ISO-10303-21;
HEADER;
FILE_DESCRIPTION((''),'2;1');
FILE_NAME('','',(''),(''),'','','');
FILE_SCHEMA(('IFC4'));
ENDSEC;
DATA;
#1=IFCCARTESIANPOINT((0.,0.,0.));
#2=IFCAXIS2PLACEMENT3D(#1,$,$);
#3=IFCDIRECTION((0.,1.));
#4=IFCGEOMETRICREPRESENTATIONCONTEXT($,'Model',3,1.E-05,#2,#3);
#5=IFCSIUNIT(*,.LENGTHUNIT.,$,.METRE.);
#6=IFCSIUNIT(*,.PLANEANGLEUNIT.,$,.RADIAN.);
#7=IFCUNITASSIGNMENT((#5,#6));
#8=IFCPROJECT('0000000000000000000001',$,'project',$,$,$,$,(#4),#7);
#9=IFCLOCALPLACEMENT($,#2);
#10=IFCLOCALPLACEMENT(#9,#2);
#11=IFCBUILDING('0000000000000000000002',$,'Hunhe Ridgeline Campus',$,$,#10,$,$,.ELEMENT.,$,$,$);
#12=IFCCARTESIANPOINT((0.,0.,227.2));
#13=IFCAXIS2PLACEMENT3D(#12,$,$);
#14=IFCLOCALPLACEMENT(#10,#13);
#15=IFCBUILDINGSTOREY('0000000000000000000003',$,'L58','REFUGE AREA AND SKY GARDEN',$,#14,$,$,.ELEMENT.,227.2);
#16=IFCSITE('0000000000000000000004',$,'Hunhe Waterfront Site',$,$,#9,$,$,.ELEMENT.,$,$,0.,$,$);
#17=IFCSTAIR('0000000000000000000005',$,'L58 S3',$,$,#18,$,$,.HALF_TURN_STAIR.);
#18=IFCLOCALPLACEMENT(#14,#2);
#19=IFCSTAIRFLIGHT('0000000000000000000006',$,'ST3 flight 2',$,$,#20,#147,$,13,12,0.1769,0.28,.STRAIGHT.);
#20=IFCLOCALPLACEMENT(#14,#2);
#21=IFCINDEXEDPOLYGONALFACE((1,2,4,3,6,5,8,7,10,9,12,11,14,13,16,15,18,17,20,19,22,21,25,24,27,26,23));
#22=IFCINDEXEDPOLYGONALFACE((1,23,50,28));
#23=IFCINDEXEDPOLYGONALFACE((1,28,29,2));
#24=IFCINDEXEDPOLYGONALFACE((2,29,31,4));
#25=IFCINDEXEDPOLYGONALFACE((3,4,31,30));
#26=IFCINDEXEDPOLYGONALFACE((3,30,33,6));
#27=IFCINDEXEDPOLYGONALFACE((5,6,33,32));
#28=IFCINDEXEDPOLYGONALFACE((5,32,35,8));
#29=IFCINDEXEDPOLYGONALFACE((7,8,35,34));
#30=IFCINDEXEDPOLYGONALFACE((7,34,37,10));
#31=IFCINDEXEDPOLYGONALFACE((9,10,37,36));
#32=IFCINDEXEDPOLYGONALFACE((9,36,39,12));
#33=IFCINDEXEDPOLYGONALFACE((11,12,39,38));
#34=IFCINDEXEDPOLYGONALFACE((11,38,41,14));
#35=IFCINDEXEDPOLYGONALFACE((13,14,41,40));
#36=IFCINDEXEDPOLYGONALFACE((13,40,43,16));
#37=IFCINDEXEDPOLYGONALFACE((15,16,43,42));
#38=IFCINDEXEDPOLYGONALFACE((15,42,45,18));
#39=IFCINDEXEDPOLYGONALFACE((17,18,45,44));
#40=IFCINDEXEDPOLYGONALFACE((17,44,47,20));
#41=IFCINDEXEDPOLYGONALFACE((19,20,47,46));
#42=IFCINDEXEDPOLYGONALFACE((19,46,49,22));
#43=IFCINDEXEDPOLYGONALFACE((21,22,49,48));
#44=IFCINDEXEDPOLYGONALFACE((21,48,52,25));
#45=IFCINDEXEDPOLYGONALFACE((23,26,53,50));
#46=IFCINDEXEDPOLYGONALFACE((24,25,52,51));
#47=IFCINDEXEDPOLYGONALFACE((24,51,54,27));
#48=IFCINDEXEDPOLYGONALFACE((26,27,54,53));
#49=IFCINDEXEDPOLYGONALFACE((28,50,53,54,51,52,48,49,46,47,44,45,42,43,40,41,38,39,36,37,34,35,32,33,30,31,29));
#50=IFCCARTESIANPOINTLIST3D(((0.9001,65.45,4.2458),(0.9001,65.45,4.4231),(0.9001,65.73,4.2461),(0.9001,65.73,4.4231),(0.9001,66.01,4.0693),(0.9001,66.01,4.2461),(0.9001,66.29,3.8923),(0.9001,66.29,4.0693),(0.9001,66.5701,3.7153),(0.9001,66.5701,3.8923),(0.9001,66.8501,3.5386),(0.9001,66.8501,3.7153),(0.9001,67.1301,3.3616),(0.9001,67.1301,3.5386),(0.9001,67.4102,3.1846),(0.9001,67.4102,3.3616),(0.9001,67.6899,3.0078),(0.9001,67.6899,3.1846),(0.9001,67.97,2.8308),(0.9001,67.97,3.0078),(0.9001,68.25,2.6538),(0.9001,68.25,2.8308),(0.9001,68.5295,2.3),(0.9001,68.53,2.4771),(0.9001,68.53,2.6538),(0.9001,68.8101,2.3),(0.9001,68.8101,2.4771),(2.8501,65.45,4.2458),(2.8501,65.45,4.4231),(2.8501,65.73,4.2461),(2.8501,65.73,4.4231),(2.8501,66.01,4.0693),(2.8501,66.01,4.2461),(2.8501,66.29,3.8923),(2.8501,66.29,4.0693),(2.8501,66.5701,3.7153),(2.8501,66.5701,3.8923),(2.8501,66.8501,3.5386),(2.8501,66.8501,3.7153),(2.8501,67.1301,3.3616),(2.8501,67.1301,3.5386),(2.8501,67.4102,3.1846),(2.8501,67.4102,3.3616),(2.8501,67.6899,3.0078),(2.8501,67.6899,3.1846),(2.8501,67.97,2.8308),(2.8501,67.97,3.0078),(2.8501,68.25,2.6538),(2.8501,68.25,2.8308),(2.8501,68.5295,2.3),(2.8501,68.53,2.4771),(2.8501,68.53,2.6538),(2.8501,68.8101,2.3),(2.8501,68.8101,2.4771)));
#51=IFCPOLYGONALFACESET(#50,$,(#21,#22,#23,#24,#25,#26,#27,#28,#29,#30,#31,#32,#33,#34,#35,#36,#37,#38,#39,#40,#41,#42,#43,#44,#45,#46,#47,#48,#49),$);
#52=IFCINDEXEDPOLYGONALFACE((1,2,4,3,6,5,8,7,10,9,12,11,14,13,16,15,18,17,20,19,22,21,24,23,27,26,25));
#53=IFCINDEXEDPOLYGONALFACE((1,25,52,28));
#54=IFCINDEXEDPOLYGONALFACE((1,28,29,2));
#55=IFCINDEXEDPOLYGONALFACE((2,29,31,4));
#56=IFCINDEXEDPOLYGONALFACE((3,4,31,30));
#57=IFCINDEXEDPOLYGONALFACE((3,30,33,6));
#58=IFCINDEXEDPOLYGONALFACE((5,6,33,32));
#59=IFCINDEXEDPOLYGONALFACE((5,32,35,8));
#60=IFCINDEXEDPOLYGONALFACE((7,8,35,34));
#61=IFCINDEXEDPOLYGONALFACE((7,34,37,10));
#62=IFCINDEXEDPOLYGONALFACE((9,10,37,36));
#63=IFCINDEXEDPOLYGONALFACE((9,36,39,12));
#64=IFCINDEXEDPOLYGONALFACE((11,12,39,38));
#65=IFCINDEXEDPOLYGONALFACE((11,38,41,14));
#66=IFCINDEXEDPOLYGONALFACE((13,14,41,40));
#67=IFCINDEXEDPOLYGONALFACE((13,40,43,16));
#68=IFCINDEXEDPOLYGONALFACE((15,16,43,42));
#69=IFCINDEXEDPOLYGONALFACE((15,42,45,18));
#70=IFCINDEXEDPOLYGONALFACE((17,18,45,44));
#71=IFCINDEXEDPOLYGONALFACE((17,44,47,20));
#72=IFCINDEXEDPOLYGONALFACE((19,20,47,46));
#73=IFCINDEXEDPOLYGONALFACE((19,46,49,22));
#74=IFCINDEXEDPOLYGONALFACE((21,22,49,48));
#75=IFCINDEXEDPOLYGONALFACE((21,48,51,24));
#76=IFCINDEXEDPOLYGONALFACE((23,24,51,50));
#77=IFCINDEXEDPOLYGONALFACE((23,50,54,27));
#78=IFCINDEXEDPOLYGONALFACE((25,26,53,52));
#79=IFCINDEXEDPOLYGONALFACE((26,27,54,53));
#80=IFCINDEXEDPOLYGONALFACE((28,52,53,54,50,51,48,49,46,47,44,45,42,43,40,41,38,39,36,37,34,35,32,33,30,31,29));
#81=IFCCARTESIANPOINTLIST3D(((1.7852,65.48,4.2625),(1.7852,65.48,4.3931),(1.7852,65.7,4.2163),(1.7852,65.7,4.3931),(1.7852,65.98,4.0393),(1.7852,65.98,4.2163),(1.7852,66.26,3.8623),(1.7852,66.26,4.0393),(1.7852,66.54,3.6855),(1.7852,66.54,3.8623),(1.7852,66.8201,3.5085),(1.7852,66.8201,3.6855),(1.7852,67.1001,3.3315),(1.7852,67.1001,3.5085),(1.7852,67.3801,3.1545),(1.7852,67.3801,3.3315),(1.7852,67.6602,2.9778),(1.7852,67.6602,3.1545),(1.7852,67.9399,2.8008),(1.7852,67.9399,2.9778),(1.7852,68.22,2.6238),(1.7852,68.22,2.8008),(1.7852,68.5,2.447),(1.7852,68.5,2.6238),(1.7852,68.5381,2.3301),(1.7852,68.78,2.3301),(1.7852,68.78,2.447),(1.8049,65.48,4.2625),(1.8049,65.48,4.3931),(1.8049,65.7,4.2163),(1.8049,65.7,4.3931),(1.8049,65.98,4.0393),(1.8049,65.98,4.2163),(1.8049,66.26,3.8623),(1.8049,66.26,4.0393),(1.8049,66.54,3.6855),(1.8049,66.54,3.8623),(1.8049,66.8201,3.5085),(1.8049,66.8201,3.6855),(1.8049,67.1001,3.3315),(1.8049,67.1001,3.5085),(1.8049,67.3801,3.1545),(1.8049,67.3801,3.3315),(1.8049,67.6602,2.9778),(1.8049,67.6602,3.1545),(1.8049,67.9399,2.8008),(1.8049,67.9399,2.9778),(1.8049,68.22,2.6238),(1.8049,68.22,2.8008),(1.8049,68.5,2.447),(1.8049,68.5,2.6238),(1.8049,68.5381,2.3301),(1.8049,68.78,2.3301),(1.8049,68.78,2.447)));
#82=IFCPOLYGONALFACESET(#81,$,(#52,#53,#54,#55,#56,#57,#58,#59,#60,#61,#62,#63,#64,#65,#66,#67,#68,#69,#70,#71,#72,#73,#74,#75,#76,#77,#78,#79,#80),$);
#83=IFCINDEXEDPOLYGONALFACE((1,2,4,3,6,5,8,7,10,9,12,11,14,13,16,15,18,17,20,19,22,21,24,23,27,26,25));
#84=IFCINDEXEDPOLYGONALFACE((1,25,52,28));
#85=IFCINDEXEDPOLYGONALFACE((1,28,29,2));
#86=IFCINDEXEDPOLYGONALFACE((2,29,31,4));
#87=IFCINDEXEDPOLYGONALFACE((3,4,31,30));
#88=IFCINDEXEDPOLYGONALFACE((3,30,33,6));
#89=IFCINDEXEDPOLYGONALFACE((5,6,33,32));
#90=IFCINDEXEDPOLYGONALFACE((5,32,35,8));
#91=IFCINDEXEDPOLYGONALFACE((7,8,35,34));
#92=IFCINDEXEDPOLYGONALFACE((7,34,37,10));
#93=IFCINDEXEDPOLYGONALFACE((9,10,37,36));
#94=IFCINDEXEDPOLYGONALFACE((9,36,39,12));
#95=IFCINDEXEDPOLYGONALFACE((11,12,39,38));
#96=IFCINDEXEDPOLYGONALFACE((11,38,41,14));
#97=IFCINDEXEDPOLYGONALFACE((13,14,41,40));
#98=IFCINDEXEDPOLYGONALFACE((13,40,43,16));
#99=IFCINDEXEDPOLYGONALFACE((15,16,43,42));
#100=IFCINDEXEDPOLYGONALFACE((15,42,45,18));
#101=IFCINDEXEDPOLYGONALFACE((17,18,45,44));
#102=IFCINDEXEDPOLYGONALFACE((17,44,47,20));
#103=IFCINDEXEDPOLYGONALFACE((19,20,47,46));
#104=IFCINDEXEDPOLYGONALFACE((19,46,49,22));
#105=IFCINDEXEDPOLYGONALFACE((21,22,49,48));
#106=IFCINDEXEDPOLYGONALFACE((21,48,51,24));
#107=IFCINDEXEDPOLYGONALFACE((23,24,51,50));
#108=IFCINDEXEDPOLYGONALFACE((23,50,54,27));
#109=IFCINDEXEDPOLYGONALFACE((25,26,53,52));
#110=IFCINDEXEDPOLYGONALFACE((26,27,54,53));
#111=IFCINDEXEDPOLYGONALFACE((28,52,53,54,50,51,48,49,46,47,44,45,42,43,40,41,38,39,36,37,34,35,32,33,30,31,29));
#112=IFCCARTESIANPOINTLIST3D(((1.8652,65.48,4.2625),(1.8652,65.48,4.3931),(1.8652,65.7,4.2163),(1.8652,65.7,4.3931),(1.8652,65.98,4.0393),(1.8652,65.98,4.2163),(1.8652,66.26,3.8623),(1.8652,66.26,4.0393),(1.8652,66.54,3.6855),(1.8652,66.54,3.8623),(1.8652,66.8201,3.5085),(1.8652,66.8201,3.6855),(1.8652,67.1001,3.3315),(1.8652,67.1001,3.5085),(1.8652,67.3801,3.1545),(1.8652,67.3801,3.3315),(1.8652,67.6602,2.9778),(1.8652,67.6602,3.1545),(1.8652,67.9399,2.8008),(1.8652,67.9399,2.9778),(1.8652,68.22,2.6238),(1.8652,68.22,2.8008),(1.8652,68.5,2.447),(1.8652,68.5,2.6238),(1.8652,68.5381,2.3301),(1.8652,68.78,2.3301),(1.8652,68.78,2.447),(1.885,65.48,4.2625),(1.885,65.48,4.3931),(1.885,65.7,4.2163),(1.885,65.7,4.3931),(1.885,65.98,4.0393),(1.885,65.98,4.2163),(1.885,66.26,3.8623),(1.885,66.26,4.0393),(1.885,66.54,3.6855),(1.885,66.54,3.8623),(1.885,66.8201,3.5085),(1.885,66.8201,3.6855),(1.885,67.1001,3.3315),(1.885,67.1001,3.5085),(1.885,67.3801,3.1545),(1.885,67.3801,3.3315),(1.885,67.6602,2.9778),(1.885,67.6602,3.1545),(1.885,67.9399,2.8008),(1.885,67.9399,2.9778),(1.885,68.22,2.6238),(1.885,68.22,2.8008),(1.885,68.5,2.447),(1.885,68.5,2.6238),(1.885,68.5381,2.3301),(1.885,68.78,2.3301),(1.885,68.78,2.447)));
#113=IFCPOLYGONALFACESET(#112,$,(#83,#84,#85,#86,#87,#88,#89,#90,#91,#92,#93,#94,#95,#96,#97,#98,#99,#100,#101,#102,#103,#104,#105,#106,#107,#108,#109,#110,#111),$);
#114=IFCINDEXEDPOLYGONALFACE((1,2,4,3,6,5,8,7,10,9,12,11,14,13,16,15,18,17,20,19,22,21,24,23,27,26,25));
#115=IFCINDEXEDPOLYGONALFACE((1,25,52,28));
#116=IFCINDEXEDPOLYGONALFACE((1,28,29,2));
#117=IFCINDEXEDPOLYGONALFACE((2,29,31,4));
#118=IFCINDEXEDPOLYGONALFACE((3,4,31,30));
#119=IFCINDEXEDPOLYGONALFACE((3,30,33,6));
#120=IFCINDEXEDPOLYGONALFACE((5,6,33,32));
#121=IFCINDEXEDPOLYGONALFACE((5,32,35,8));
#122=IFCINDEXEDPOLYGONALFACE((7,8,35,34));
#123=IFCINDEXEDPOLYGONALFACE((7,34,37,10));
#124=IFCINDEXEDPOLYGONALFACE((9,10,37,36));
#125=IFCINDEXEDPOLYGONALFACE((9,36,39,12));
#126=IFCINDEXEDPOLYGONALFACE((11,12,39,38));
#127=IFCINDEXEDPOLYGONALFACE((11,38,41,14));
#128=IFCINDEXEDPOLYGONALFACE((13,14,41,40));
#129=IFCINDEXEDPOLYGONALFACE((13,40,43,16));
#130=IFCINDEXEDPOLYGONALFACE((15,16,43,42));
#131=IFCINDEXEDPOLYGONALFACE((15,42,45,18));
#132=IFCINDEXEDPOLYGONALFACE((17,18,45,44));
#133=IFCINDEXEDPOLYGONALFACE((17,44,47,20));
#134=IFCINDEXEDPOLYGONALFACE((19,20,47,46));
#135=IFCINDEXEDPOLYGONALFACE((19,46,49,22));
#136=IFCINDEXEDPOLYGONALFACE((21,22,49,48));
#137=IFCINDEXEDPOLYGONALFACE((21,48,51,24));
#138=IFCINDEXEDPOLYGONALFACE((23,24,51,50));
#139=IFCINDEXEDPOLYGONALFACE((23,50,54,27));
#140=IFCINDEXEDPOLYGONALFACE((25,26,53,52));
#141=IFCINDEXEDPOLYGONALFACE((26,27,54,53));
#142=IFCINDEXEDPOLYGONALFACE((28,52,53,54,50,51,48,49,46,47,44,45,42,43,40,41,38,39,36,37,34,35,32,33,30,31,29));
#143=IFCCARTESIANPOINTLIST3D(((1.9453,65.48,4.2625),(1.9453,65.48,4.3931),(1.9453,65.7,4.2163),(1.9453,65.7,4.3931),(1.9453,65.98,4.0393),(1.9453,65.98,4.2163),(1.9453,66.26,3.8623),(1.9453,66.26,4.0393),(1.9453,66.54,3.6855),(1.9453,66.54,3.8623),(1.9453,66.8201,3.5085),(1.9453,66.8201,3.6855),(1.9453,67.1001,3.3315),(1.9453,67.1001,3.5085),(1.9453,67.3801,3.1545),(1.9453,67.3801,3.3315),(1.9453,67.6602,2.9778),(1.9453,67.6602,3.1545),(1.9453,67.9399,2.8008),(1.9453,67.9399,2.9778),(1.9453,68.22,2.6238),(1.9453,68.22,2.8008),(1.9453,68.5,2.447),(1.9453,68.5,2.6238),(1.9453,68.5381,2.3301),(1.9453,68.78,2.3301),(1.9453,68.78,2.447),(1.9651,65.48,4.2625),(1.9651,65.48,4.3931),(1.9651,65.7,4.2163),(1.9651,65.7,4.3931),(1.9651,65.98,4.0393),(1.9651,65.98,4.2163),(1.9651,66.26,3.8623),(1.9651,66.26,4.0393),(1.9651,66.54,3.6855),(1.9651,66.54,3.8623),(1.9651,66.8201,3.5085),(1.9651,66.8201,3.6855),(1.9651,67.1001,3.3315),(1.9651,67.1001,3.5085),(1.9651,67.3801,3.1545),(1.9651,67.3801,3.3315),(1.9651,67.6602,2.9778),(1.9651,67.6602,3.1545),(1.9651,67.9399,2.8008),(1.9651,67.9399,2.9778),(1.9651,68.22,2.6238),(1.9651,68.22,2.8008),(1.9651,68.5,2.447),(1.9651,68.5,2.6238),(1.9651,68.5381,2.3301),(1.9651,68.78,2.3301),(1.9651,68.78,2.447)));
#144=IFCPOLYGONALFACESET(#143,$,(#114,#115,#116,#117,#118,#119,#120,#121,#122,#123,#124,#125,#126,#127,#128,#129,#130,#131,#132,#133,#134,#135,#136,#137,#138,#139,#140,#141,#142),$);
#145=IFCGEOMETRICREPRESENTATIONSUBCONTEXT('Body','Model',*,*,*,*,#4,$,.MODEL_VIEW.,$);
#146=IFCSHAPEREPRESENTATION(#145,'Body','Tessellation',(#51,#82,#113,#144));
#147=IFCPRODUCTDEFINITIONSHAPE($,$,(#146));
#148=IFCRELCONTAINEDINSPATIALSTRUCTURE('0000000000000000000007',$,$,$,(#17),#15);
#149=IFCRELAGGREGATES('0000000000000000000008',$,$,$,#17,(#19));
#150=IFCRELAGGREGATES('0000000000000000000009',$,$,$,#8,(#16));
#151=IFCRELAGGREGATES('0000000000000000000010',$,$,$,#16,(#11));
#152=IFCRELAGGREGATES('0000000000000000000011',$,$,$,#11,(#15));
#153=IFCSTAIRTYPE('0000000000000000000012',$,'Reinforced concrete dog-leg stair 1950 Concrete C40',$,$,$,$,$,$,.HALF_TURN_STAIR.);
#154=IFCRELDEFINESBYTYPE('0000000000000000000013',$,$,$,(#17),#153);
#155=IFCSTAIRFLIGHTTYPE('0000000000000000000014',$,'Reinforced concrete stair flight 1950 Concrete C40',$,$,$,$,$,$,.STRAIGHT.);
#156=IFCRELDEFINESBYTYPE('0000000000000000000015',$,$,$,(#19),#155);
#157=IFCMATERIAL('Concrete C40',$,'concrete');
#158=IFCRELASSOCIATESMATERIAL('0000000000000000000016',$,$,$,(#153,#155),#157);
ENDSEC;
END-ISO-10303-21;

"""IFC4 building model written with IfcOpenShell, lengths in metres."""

from ifc_helpers import new_model, si_unit, direction, frame, origin, place, context, subcontext, project, spatial, polyline, outline, extrude, material, type_object, element, aggregate, save


model = new_model("IFC4")

# Units and contexts
model_context = context("Model", 3, precision=1e-05, world=origin(), true_north=direction((0.0, 1.0)))
body_context = subcontext(model_context, "Body", "Model", "MODEL_VIEW")
ifc_project = project(units=[si_unit("LENGTHUNIT", "METRE"), si_unit("PLANEANGLEUNIT", "RADIAN")], contexts=[model_context])

# Site, building, storey
site_placement = place(None, origin())
site = spatial("IfcSite", under=ifc_project, at=site_placement, Name="Hunhe Waterfront Site", CompositionType="ELEMENT", RefElevation=0.0)
building_placement = place(site_placement, origin())
building = spatial("IfcBuilding", under=site, at=building_placement, Name="Hunhe Ridgeline Campus", CompositionType="ELEMENT")
storey_placement = place(building_placement, frame((0.0, 0.0, 227.2)))
storey = spatial("IfcBuildingStorey", under=building, at=storey_placement, Name="L58", Description="REFUGE AREA AND SKY GARDEN", CompositionType="ELEMENT", Elevation=227.2)

# Stair, stair flight
ifc_material_1 = material(Name="Concrete C40", Category="concrete")
stair_type = type_object("IfcStairType", Name="Reinforced concrete dog-leg stair 1950 Concrete C40", PredefinedType="HALF_TURN_STAIR", material=ifc_material_1)
stair_1_placement = place(storey_placement, origin())
stair_1 = element("IfcStair", 1, at=stair_1_placement, inside=storey, type_object=stair_type, Name="L58 S3", PredefinedType="HALF_TURN_STAIR")
stair_flight_type = type_object("IfcStairFlightType", Name="Reinforced concrete stair flight 1950 Concrete C40", PredefinedType="STRAIGHT", material=ifc_material_1)
stair_flight_1_placement = place(storey_placement, frame((1.875, 68.8101, 2.3), z_axis=(0.0, 0.0, 1.0), x_axis=(0.0, -1.0, 0.0)))
stair_flight_1 = element("IfcStairFlight", 2, at=stair_flight_1_placement, type_object=stair_flight_type, Name="ST3 flight 2", NumberOfRisers=13, NumberOfTreads=12, PredefinedType="STRAIGHT", RiserHeight=0.1769, TreadLength=0.28, context=body_context, shape_type="SweptSolid", body=[
    extrude(outline(polyline([(0.0, 0.0), (0.0, 0.177), (0.28, 0.177), (0.28, 0.3538), (0.5601, 0.3538), (0.5601, 0.5308), (0.8401, 0.5308), (0.8401, 0.7078), (1.1201, 0.7078), (1.1201, 0.8845), (1.3999, 0.8845), (1.3999, 1.0615), (1.6799, 1.0615), (1.6799, 1.2385), (1.96, 1.2385), (1.96, 1.4153), (2.24, 1.4153), (2.24, 1.5923), (2.52, 1.5923), (2.52, 1.7693), (2.8, 1.7693), (2.8, 1.946), (3.0801, 1.946), (3.0801, 2.123), (3.3601, 2.123), (3.3601, 2.3), (3.3601, 1.9458), (0.2805, 0.0), (0.0, 0.0)])), frame((0.0, 0.9751, 0.0), z_axis=(0.0, -1.0, 0.0), x_axis=(1.0, 0.0, 0.0)), (0.0, 0.0, 1.0), 1.95),
    extrude(outline(polyline([(0.03, 0.03), (0.03, 0.147), (0.3101, 0.147), (0.3101, 0.3237), (0.5901, 0.3237), (0.5901, 0.5007), (0.8701, 0.5007), (0.8701, 0.6777), (1.1499, 0.6777), (1.1499, 0.8545), (1.4299, 0.8545), (1.4299, 1.0315), (1.71, 1.0315), (1.71, 1.2085), (1.99, 1.2085), (1.99, 1.3855), (2.27, 1.3855), (2.27, 1.5623), (2.55, 1.5623), (2.55, 1.7393), (2.8301, 1.7393), (2.8301, 1.9163), (3.1101, 1.9163), (3.1101, 2.093), (3.3301, 2.093), (3.3301, 1.9624), (0.272, 0.03), (0.03, 0.03)])), frame((0.0, -0.0701, 0.0), z_axis=(0.0, -1.0, 0.0), x_axis=(1.0, 0.0, 0.0)), (0.0, 0.0, 1.0), 0.0198),
    extrude(outline(polyline([(0.03, 0.03), (0.03, 0.147), (0.3101, 0.147), (0.3101, 0.3237), (0.5901, 0.3237), (0.5901, 0.5007), (0.8701, 0.5007), (0.8701, 0.6777), (1.1499, 0.6777), (1.1499, 0.8545), (1.4299, 0.8545), (1.4299, 1.0315), (1.71, 1.0315), (1.71, 1.2085), (1.99, 1.2085), (1.99, 1.3855), (2.27, 1.3855), (2.27, 1.5623), (2.55, 1.5623), (2.55, 1.7393), (2.8301, 1.7393), (2.8301, 1.9163), (3.1101, 1.9163), (3.1101, 2.093), (3.3301, 2.093), (3.3301, 1.9624), (0.272, 0.03), (0.03, 0.03)])), frame((0.0, 0.01, 0.0), z_axis=(0.0, -1.0, 0.0), x_axis=(1.0, 0.0, 0.0)), (0.0, 0.0, 1.0), 0.0198),
    extrude(outline(polyline([(0.03, 0.03), (0.03, 0.147), (0.3101, 0.147), (0.3101, 0.3237), (0.5901, 0.3237), (0.5901, 0.5007), (0.8701, 0.5007), (0.8701, 0.6777), (1.1499, 0.6777), (1.1499, 0.8545), (1.4299, 0.8545), (1.4299, 1.0315), (1.71, 1.0315), (1.71, 1.2085), (1.99, 1.2085), (1.99, 1.3855), (2.27, 1.3855), (2.27, 1.5623), (2.55, 1.5623), (2.55, 1.7393), (2.8301, 1.7393), (2.8301, 1.9163), (3.1101, 1.9163), (3.1101, 2.093), (3.3301, 2.093), (3.3301, 1.9624), (0.272, 0.03), (0.03, 0.03)])), frame((0.0, 0.0901, 0.0), z_axis=(0.0, -1.0, 0.0), x_axis=(1.0, 0.0, 0.0)), (0.0, 0.0, 1.0), 0.0198),
])
aggregate(stair_1, [stair_flight_1])

save(model, "model.ifc")
